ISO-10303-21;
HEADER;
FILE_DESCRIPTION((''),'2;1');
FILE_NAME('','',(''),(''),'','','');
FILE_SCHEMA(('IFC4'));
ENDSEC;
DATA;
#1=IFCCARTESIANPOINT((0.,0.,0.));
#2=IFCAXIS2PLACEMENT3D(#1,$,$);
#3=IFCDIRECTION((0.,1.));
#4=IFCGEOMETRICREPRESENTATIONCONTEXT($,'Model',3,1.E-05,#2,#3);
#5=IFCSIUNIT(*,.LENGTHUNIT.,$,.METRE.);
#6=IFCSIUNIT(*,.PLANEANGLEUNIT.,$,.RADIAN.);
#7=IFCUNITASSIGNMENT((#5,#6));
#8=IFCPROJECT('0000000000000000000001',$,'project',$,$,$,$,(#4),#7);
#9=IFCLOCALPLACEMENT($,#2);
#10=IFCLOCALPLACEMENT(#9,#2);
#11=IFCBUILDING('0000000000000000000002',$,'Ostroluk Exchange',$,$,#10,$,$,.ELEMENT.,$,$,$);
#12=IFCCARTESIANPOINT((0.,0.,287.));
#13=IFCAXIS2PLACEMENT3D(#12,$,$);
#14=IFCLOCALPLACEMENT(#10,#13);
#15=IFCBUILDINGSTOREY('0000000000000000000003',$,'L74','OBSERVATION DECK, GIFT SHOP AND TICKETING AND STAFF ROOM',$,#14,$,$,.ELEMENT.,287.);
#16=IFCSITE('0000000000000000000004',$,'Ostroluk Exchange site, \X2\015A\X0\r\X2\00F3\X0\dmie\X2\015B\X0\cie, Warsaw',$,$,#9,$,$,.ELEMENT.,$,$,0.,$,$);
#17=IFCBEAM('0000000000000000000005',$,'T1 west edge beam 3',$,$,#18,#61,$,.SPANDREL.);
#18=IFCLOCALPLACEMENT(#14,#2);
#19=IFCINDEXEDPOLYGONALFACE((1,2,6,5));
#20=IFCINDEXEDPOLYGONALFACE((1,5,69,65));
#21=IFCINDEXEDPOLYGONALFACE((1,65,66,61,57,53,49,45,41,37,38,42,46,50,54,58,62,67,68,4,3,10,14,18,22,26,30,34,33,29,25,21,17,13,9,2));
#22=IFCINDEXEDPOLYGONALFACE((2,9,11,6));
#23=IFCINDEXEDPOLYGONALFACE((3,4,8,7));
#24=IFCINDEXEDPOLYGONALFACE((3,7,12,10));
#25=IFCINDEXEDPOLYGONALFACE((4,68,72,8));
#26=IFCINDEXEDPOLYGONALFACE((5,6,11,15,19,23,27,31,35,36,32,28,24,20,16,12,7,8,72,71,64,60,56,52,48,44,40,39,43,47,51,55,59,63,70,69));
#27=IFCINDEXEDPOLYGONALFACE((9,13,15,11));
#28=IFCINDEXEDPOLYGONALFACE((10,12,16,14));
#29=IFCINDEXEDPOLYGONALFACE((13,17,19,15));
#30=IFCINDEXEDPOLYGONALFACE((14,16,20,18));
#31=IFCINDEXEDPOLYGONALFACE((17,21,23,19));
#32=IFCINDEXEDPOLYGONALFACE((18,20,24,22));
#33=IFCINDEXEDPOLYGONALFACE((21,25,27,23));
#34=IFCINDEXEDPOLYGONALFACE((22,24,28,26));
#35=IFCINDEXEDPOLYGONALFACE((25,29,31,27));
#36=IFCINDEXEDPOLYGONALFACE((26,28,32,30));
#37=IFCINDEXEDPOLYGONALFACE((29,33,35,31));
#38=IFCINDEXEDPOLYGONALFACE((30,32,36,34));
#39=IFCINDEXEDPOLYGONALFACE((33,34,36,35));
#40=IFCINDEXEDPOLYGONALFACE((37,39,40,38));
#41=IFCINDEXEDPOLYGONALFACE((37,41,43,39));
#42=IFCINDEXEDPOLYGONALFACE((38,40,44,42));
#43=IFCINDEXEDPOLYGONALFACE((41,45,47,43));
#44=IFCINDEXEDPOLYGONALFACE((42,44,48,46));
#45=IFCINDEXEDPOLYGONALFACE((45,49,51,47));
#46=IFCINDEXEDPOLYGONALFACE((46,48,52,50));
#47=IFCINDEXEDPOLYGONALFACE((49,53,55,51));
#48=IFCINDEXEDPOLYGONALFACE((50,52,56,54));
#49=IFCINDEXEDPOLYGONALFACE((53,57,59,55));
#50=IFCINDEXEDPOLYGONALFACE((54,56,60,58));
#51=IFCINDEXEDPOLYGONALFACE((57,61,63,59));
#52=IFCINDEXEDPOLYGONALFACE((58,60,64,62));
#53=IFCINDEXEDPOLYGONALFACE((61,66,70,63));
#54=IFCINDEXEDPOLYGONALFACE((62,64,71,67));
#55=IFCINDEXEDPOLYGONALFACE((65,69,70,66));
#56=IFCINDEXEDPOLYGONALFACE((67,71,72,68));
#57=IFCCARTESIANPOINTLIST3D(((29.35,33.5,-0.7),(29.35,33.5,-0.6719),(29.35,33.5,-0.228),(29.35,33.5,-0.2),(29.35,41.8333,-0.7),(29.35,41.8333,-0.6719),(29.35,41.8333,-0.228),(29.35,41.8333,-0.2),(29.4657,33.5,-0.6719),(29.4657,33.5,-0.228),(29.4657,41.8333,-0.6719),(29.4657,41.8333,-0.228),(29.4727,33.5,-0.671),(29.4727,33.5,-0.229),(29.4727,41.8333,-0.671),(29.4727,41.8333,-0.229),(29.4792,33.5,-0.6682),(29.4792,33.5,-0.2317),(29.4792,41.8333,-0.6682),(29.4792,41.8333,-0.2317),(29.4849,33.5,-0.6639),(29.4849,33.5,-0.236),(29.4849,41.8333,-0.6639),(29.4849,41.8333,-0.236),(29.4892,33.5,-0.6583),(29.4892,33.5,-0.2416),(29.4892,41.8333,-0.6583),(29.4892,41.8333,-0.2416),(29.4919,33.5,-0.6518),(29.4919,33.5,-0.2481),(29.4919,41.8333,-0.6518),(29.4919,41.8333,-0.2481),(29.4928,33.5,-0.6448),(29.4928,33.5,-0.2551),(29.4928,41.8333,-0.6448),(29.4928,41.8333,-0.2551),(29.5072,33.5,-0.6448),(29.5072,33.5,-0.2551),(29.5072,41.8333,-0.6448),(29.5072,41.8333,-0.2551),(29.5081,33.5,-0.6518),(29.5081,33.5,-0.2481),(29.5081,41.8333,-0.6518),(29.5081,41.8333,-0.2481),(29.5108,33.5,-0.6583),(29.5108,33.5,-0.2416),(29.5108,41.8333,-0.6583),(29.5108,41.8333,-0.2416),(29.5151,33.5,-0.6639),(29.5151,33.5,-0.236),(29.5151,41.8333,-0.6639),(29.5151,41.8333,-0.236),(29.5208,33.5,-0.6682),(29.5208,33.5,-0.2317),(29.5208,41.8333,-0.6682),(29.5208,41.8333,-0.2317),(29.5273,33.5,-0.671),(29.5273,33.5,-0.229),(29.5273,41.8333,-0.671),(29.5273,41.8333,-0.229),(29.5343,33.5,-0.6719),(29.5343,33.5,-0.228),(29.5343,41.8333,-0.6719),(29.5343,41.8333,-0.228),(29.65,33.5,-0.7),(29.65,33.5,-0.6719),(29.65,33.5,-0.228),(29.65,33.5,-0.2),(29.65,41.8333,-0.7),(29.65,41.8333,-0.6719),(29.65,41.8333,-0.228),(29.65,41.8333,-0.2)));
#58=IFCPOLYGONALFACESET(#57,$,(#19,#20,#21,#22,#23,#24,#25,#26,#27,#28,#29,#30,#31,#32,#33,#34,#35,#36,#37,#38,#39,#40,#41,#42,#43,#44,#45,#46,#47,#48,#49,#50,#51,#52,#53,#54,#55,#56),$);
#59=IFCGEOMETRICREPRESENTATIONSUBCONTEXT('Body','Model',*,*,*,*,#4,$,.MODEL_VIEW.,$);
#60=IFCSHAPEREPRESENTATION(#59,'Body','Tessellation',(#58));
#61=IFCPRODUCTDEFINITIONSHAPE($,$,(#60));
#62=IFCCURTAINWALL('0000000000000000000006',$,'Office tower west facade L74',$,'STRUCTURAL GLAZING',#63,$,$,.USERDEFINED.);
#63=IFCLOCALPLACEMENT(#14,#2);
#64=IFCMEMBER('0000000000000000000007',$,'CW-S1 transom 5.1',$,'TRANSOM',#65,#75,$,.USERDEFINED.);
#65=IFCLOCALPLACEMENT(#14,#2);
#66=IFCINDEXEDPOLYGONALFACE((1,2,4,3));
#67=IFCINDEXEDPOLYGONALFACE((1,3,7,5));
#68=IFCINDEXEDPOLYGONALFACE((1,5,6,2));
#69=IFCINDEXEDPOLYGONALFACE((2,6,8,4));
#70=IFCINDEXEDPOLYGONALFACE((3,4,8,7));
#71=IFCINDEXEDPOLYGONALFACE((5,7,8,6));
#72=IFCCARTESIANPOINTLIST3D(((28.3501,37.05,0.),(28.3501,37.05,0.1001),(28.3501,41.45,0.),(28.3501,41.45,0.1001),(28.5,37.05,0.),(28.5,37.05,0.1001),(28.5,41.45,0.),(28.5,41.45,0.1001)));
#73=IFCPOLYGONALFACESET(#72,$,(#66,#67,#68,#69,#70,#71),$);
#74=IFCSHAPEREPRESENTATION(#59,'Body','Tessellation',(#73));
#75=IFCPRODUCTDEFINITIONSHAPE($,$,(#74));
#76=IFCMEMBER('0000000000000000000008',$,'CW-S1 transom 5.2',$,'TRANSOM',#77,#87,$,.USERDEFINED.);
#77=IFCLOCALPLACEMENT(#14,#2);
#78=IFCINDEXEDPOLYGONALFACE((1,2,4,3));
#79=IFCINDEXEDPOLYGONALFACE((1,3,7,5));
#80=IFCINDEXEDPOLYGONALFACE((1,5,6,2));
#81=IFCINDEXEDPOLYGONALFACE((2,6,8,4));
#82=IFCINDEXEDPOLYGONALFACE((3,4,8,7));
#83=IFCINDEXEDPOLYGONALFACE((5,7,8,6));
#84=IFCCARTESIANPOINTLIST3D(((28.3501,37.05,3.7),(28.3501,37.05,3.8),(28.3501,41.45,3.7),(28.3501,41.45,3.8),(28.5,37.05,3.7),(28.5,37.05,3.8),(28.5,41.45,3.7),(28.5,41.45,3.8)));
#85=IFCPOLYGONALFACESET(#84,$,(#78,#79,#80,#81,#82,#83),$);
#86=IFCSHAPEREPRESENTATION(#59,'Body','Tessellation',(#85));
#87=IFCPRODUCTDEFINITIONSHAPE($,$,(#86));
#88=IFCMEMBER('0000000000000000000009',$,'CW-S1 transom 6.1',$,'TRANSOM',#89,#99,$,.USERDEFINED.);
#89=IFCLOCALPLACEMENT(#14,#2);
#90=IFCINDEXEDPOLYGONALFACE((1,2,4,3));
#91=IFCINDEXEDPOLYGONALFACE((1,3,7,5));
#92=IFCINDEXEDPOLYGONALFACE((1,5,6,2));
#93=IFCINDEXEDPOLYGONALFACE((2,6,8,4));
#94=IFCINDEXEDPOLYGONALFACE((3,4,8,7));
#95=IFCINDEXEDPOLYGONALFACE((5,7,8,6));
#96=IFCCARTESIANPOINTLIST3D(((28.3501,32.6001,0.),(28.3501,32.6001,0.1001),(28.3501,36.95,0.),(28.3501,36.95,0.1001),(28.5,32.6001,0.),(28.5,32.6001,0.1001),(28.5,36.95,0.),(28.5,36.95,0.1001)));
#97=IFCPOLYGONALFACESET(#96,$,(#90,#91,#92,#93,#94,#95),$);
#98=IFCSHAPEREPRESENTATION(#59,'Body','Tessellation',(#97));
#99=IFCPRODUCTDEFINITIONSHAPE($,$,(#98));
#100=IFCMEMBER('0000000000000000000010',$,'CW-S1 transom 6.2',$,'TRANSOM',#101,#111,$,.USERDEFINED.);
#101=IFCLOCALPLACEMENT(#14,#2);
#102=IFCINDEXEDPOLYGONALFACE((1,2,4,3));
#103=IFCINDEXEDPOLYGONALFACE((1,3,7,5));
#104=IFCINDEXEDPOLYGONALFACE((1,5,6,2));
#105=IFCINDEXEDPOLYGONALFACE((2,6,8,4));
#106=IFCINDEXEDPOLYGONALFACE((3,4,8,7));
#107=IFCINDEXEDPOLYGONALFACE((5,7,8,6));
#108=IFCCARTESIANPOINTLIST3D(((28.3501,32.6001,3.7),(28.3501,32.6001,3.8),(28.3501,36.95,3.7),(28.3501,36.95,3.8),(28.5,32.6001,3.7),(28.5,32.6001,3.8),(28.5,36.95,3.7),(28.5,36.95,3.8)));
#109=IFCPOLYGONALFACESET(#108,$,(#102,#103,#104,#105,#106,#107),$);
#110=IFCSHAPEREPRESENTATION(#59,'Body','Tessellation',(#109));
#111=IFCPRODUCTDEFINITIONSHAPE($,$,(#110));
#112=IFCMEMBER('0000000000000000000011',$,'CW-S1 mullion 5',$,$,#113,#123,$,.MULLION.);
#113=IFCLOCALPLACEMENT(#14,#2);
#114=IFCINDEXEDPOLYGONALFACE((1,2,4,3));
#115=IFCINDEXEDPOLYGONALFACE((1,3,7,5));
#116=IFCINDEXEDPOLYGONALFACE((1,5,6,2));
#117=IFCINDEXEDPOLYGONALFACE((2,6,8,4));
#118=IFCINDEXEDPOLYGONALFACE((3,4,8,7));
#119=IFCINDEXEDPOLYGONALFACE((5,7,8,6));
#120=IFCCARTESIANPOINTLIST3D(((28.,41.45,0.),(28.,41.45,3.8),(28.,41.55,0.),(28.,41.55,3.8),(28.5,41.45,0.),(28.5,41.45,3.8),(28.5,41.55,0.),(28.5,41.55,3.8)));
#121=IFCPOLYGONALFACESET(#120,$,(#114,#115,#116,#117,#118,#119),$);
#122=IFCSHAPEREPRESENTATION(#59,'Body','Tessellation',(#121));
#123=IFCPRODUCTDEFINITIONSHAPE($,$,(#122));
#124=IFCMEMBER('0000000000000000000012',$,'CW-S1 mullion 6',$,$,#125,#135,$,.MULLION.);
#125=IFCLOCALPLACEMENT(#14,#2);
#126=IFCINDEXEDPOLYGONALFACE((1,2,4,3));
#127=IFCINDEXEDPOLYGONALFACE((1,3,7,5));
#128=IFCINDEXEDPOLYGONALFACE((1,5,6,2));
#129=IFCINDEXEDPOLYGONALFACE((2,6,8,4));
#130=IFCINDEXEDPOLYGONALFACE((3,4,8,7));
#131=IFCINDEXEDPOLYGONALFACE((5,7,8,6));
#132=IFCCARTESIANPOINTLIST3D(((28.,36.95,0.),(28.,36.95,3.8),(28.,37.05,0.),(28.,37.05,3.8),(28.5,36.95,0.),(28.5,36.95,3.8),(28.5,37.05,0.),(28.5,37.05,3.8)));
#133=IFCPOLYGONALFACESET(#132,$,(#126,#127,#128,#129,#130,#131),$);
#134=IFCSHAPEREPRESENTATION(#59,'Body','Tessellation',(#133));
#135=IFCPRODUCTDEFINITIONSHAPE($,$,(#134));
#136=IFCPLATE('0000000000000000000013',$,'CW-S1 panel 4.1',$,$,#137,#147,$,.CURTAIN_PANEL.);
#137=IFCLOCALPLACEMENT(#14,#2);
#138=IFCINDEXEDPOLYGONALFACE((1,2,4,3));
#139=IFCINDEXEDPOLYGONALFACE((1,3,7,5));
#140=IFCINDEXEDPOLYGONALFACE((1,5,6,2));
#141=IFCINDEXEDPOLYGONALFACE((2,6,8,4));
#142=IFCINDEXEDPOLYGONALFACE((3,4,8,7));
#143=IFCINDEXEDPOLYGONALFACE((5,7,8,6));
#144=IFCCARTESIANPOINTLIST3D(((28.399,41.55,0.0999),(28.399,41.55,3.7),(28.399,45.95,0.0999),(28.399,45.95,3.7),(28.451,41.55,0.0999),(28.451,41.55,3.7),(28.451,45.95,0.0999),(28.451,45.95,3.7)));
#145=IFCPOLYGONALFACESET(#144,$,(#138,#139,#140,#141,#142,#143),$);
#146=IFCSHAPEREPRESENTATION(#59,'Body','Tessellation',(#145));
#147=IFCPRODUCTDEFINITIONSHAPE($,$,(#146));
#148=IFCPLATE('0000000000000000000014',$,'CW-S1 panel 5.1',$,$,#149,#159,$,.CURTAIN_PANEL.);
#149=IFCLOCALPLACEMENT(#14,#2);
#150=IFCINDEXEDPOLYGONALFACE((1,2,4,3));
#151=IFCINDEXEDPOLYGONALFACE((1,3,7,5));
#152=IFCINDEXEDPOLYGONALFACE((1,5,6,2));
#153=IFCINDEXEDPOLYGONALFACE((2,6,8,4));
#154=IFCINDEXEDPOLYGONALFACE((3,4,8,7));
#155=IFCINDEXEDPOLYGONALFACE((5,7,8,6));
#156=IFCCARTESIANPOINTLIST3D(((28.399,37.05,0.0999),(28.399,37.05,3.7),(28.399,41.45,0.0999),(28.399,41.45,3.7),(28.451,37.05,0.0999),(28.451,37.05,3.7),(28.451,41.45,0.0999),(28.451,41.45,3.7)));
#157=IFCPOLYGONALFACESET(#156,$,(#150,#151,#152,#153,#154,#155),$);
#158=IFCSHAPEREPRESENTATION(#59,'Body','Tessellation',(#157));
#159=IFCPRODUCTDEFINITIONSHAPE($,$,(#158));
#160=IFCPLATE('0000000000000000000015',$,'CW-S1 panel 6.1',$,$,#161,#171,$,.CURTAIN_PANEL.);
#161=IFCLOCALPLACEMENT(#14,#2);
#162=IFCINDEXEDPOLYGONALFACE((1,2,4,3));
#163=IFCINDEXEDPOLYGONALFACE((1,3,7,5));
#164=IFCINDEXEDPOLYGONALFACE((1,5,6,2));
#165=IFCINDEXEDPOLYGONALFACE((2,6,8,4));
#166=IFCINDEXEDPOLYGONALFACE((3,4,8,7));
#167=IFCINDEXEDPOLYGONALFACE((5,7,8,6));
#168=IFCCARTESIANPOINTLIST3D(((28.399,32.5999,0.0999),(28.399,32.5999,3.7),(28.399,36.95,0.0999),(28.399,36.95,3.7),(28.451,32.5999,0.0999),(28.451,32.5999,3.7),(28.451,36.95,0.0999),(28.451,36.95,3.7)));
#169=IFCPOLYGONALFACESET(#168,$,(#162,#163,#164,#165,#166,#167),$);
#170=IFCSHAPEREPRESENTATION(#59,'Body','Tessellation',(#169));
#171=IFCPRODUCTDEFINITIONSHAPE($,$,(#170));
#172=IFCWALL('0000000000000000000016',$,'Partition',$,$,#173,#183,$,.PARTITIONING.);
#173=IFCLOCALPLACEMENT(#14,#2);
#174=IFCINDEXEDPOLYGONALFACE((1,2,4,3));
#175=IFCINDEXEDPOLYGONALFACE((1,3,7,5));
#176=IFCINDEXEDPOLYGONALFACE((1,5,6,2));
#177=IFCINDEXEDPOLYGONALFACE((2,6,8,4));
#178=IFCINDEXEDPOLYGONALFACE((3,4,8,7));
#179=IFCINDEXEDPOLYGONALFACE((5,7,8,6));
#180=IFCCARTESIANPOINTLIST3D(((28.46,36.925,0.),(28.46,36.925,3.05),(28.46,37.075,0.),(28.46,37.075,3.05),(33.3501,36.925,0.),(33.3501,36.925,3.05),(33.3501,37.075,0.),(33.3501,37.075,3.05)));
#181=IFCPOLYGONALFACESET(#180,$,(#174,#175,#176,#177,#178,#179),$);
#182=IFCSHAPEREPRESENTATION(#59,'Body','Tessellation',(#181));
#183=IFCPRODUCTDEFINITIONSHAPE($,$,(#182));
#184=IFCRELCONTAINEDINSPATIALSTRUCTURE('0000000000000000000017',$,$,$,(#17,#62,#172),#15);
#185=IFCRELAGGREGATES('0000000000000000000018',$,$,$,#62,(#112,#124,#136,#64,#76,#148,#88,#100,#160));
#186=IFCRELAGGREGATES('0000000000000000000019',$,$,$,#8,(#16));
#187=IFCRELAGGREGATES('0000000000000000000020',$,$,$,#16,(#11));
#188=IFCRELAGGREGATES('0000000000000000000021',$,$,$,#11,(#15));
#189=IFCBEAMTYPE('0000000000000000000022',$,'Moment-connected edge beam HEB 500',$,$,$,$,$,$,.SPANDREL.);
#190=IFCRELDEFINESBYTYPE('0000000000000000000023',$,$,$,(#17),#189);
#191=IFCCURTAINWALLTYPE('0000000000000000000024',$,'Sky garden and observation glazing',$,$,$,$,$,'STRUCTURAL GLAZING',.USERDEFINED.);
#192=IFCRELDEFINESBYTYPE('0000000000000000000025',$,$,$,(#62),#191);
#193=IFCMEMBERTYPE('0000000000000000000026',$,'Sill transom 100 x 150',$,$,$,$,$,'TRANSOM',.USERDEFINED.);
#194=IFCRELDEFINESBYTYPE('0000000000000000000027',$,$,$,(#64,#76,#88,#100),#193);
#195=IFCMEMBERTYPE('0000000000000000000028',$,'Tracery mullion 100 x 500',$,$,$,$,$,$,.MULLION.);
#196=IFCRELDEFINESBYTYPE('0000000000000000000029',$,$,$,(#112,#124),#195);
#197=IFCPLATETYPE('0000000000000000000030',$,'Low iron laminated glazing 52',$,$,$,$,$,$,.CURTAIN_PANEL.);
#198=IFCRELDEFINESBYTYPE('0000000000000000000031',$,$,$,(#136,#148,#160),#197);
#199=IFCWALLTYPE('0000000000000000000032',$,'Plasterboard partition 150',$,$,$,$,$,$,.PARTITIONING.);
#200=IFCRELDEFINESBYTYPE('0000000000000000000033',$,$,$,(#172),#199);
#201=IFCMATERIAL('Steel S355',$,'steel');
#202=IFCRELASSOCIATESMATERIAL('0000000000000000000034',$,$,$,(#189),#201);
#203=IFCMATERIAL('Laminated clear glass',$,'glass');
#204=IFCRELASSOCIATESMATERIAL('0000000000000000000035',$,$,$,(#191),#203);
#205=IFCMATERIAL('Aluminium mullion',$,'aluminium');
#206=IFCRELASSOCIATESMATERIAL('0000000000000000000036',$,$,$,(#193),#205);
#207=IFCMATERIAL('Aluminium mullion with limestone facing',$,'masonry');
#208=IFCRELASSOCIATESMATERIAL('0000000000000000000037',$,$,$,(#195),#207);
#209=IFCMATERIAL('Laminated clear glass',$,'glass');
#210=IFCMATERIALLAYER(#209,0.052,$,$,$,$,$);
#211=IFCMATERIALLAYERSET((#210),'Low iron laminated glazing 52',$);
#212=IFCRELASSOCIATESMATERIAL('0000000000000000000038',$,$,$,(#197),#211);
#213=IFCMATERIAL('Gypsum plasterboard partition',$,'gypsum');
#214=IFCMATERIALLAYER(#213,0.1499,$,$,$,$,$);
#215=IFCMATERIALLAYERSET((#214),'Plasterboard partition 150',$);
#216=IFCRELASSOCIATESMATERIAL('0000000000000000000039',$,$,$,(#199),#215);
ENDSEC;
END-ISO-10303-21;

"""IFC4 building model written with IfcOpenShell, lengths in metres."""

from ifc_helpers import new_model, si_unit, direction, frame, frame_2d, origin, origin_2d, place, context, subcontext, project, spatial, rectangle, i_section, extrude, material, layer, layer_set, material_profile, profile_set, type_object, element, aggregate, save


model = new_model("IFC4")

# Units and contexts
model_context = context("Model", 3, precision=1e-05, world=origin(), true_north=direction((0.0, 1.0)))
body_context = subcontext(model_context, "Body", "Model", "MODEL_VIEW")
ifc_project = project(units=[si_unit("LENGTHUNIT", "METRE"), si_unit("PLANEANGLEUNIT", "RADIAN")], contexts=[model_context])

# Site, building, storey
site_placement = place(None, origin())
site = spatial("IfcSite", under=ifc_project, at=site_placement, Name="Ostroluk Exchange site, Śródmieście, Warsaw", CompositionType="ELEMENT", RefElevation=0.0)
building_placement = place(site_placement, origin())
building = spatial("IfcBuilding", under=site, at=building_placement, Name="Ostroluk Exchange", CompositionType="ELEMENT")
storey_placement = place(building_placement, frame((0.0, 0.0, 287.0)))
storey = spatial("IfcBuildingStorey", under=building, at=storey_placement, Name="L74", Description="OBSERVATION DECK, GIFT SHOP AND TICKETING AND STAFF ROOM", CompositionType="ELEMENT", Elevation=287.0)

# Beam
ifc_material_1 = material(Name="Steel S355", Category="steel")
ifc_material_profile_1 = material_profile(ifc_material_1, i_section(OverallWidth=0.3, OverallDepth=0.5, WebThickness=0.0144, FlangeThickness=0.0281, FilletRadius=0.0271, at=origin_2d()), Name="HEB 500")
ifc_profile_set_1 = profile_set([ifc_material_profile_1], Name="Steel S355")
beam_type_1 = type_object("IfcBeamType", Name="Moment-connected edge beam HEB 500", PredefinedType="SPANDREL", material=ifc_profile_set_1)
beam_placement = place(storey_placement, frame((29.5, 41.8333, -0.45), z_axis=(0.0, -1.0, 0.0), x_axis=(1.0, 0.0, 0.0)))
element("IfcBeam", 1, at=beam_placement, inside=storey, type_object=beam_type_1, Name="T1 west edge beam 3", PredefinedType="SPANDREL", context=body_context, shape_type="SweptSolid", body=[
    extrude(i_section(OverallWidth=0.3, OverallDepth=0.5, WebThickness=0.0144, FlangeThickness=0.0281, FilletRadius=0.0271, at=origin_2d()), origin(), (0.0, 0.0, 1.0), 8.3333),
])

# Curtain wall, members, plates
ifc_material_2 = material(Name="Laminated clear glass", Category="glass")
curtain_wall_type = type_object("IfcCurtainWallType", Name="Sky garden and observation glazing", ElementType="STRUCTURAL GLAZING", PredefinedType="USERDEFINED", material=ifc_material_2)
curtain_wall_placement = place(storey_placement, origin())
curtain_wall = element("IfcCurtainWall", 2, at=curtain_wall_placement, inside=storey, type_object=curtain_wall_type, Name="Office tower west facade L74", ObjectType="STRUCTURAL GLAZING", PredefinedType="USERDEFINED")
ifc_material_3 = material(Name="Aluminium mullion", Category="aluminium")
ifc_material_profile_2 = material_profile(ifc_material_3, rectangle(XDim=0.1499, YDim=0.1001, at=origin_2d()), Name="Sill transom 100 x 150")
ifc_profile_set_2 = profile_set([ifc_material_profile_2], Name="Aluminium mullion")
member_type_1 = type_object("IfcMemberType", Name="Sill transom 100 x 150", ElementType="TRANSOM", PredefinedType="USERDEFINED", material=ifc_profile_set_2)
member_1_placement = place(storey_placement, frame((28.425, 41.45, 0.05), z_axis=(0.0, -1.0, 0.0), x_axis=(1.0, 0.0, 0.0)))
member_1 = element("IfcMember", 3, at=member_1_placement, type_object=member_type_1, Name="CW-S1 transom 5.1", ObjectType="TRANSOM", PredefinedType="USERDEFINED", context=body_context, shape_type="SweptSolid", body=[
    extrude(rectangle(XDim=0.1499, YDim=0.1001, at=origin_2d()), origin(), (0.0, 0.0, 1.0), 4.3999),
])
member_2_placement = place(storey_placement, frame((28.425, 41.45, 3.75), z_axis=(0.0, -1.0, 0.0), x_axis=(1.0, 0.0, 0.0)))
member_2 = element("IfcMember", 4, at=member_2_placement, type_object=member_type_1, Name="CW-S1 transom 5.2", ObjectType="TRANSOM", PredefinedType="USERDEFINED", context=body_context, shape_type="SweptSolid", body=[
    extrude(rectangle(XDim=0.1499, YDim=0.1001, at=origin_2d()), origin(), (0.0, 0.0, 1.0), 4.3999),
])
member_3_placement = place(storey_placement, frame((28.425, 36.95, 0.05), z_axis=(0.0, -1.0, 0.0), x_axis=(1.0, 0.0, 0.0)))
member_3 = element("IfcMember", 5, at=member_3_placement, type_object=member_type_1, Name="CW-S1 transom 6.1", ObjectType="TRANSOM", PredefinedType="USERDEFINED", context=body_context, shape_type="SweptSolid", body=[
    extrude(rectangle(XDim=0.1499, YDim=0.1001, at=origin_2d()), origin(), (0.0, 0.0, 1.0), 4.3499),
])
member_4_placement = place(storey_placement, frame((28.425, 36.95, 3.75), z_axis=(0.0, -1.0, 0.0), x_axis=(1.0, 0.0, 0.0)))
member_4 = element("IfcMember", 6, at=member_4_placement, type_object=member_type_1, Name="CW-S1 transom 6.2", ObjectType="TRANSOM", PredefinedType="USERDEFINED", context=body_context, shape_type="SweptSolid", body=[
    extrude(rectangle(XDim=0.1499, YDim=0.1001, at=origin_2d()), origin(), (0.0, 0.0, 1.0), 4.3499),
])
ifc_material_4 = material(Name="Aluminium mullion with limestone facing", Category="masonry")
ifc_material_profile_3 = material_profile(ifc_material_4, rectangle(XDim=0.5, YDim=0.1001, at=origin_2d()), Name="Tracery mullion 100 x 500")
ifc_profile_set_3 = profile_set([ifc_material_profile_3], Name="Aluminium mullion with limestone facing")
member_type_2 = type_object("IfcMemberType", Name="Tracery mullion 100 x 500", PredefinedType="MULLION", material=ifc_profile_set_3)
member_5_placement = place(storey_placement, frame((28.25, 41.5, 0.0), z_axis=(0.0, 0.0, 1.0), x_axis=(1.0, 0.0, 0.0)))
member_5 = element("IfcMember", 7, at=member_5_placement, type_object=member_type_2, Name="CW-S1 mullion 5", PredefinedType="MULLION", context=body_context, shape_type="SweptSolid", body=[
    extrude(rectangle(XDim=0.5, YDim=0.1001, at=origin_2d()), origin(), (0.0, 0.0, 1.0), 3.8),
])
member_6_placement = place(storey_placement, frame((28.25, 37.0, 0.0), z_axis=(0.0, 0.0, 1.0), x_axis=(1.0, 0.0, 0.0)))
member_6 = element("IfcMember", 8, at=member_6_placement, type_object=member_type_2, Name="CW-S1 mullion 6", PredefinedType="MULLION", context=body_context, shape_type="SweptSolid", body=[
    extrude(rectangle(XDim=0.5, YDim=0.1001, at=origin_2d()), origin(), (0.0, 0.0, 1.0), 3.8),
])
ifc_material_5 = material(Name="Laminated clear glass", Category="glass")
ifc_layer_1 = layer(ifc_material_5, 0.052)
ifc_layer_set_1 = layer_set([ifc_layer_1], Name="Low iron laminated glazing 52")
plate_type = type_object("IfcPlateType", Name="Low iron laminated glazing 52", PredefinedType="CURTAIN_PANEL", material=ifc_layer_set_1)
plate_1_placement = place(storey_placement, frame((28.425, 43.75, 0.0999), z_axis=(0.0, 0.0, 1.0), x_axis=(0.0, -1.0, 0.0)))
plate_1 = element("IfcPlate", 9, at=plate_1_placement, type_object=plate_type, Name="CW-S1 panel 4.1", PredefinedType="CURTAIN_PANEL", context=body_context, shape_type="SweptSolid", body=[
    extrude(rectangle(XDim=4.3999, YDim=0.052, at=origin_2d()), origin(), (0.0, 0.0, 1.0), 3.6001),
])
plate_2_placement = place(storey_placement, frame((28.425, 39.25, 0.0999), z_axis=(0.0, 0.0, 1.0), x_axis=(0.0, -1.0, 0.0)))
plate_2 = element("IfcPlate", 10, at=plate_2_placement, type_object=plate_type, Name="CW-S1 panel 5.1", PredefinedType="CURTAIN_PANEL", context=body_context, shape_type="SweptSolid", body=[
    extrude(rectangle(XDim=4.3999, YDim=0.052, at=origin_2d()), origin(), (0.0, 0.0, 1.0), 3.6001),
])
plate_3_placement = place(storey_placement, frame((28.425, 34.7749, 0.0999), z_axis=(0.0, 0.0, 1.0), x_axis=(0.0, -1.0, 0.0)))
plate_3 = element("IfcPlate", 11, at=plate_3_placement, type_object=plate_type, Name="CW-S1 panel 6.1", PredefinedType="CURTAIN_PANEL", context=body_context, shape_type="SweptSolid", body=[
    extrude(rectangle(XDim=4.3501, YDim=0.052, at=origin_2d()), origin(), (0.0, 0.0, 1.0), 3.6001),
])
aggregate(curtain_wall, [member_5, member_6, plate_1, member_1, member_2, plate_2, member_3, member_4, plate_3])

# Wall
ifc_material_6 = material(Name="Gypsum plasterboard partition", Category="gypsum")
ifc_layer_2 = layer(ifc_material_6, 0.1499)
ifc_layer_set_2 = layer_set([ifc_layer_2], Name="Plasterboard partition 150")
wall_type = type_object("IfcWallType", Name="Plasterboard partition 150", PredefinedType="PARTITIONING", material=ifc_layer_set_2)
wall_placement = place(storey_placement, frame((33.3501, 37.0, 0.0), z_axis=(0.0, 0.0, 1.0), x_axis=(-1.0, 0.0, 0.0)))
element("IfcWall", 12, at=wall_placement, inside=storey, type_object=wall_type, Name="Partition", PredefinedType="PARTITIONING", context=body_context, shape_type="SweptSolid", body=[
    extrude(rectangle(XDim=4.8901, YDim=0.1499, at=frame_2d((2.4451, 0.0))), origin(), (0.0, 0.0, 1.0), 3.05),
])

save(model, "model.ifc")
